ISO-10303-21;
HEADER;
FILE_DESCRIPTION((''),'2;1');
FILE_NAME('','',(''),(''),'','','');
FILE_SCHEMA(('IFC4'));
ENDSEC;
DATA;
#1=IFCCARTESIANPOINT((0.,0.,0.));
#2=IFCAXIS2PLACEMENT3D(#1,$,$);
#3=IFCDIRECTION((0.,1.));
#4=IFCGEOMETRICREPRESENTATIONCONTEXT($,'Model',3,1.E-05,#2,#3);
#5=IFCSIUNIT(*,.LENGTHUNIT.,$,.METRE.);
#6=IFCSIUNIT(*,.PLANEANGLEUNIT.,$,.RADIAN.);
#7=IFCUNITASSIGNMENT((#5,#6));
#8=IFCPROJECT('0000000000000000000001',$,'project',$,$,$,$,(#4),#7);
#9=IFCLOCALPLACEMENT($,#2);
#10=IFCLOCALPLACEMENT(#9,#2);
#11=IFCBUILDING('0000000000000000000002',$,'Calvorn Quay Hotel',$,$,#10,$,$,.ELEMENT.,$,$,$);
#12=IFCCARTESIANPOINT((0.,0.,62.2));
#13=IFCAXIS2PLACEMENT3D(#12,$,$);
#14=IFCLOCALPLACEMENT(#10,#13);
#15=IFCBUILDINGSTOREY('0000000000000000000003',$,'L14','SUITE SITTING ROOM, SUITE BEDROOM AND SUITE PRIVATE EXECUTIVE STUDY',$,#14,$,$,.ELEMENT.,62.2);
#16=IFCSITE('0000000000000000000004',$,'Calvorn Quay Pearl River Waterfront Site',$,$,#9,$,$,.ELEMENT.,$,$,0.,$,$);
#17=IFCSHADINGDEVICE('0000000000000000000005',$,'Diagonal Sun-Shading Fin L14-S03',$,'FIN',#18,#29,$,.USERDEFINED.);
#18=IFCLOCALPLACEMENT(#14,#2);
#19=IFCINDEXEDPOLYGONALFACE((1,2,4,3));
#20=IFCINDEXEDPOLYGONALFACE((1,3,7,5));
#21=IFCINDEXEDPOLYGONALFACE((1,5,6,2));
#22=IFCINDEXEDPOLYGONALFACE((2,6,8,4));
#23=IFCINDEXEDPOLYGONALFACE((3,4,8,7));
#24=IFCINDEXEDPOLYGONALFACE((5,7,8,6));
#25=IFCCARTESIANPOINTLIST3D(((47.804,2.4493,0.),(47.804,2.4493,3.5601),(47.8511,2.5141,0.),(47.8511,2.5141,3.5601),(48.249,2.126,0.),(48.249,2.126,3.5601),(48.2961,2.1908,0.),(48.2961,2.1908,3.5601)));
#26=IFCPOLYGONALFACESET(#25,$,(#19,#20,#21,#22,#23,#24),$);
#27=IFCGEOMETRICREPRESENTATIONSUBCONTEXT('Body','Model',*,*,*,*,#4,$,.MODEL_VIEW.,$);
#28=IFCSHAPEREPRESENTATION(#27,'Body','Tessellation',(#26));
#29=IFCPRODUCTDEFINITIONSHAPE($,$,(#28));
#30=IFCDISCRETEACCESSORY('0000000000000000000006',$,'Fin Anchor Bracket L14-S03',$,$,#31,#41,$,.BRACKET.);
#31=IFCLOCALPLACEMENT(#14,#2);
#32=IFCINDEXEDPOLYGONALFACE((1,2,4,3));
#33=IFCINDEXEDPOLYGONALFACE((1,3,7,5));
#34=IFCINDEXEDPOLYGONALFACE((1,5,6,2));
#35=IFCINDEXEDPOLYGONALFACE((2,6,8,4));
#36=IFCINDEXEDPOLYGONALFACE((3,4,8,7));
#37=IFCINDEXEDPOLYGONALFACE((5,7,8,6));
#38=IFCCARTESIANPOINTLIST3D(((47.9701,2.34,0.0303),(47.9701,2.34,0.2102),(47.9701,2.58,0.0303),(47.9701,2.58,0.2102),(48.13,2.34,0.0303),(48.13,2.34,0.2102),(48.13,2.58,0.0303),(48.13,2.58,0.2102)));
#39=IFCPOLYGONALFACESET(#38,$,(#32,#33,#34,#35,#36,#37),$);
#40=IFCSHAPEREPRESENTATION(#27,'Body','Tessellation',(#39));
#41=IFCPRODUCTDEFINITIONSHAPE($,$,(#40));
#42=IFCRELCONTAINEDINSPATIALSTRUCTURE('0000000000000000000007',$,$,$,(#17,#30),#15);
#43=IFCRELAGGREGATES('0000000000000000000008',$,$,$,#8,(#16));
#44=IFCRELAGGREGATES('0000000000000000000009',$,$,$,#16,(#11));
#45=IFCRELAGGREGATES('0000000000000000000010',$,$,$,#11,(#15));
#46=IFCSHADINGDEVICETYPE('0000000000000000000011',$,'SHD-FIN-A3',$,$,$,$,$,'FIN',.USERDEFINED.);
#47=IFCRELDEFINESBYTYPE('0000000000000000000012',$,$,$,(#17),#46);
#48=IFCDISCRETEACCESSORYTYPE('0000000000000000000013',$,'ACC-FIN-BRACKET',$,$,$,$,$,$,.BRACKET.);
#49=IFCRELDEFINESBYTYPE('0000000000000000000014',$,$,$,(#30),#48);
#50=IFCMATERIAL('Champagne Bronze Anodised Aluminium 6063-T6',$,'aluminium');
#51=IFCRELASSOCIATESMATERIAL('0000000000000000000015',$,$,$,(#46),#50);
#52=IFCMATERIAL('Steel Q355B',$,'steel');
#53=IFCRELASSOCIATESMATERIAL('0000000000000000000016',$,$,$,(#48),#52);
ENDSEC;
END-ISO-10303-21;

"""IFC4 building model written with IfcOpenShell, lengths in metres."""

from ifc_helpers import new_model, si_unit, direction, frame, origin, origin_2d, place, context, subcontext, project, spatial, rectangle, extrude, material, type_object, element, save


model = new_model("IFC4")

# Units and contexts
model_context = context("Model", 3, precision=1e-05, world=origin(), true_north=direction((0.0, 1.0)))
body_context = subcontext(model_context, "Body", "Model", "MODEL_VIEW")
ifc_project = project(units=[si_unit("LENGTHUNIT", "METRE"), si_unit("PLANEANGLEUNIT", "RADIAN")], contexts=[model_context])

# Site, building, storey
site_placement = place(None, origin())
site = spatial("IfcSite", under=ifc_project, at=site_placement, Name="Calvorn Quay Pearl River Waterfront Site", CompositionType="ELEMENT", RefElevation=0.0)
building_placement = place(site_placement, origin())
building = spatial("IfcBuilding", under=site, at=building_placement, Name="Calvorn Quay Hotel", CompositionType="ELEMENT")
storey_placement = place(building_placement, frame((0.0, 0.0, 62.2)))
storey = spatial("IfcBuildingStorey", under=building, at=storey_placement, Name="L14", Description="SUITE SITTING ROOM, SUITE BEDROOM AND SUITE PRIVATE EXECUTIVE STUDY", CompositionType="ELEMENT", Elevation=62.2)

# Shading device
ifc_material_1 = material(Name="Champagne Bronze Anodised Aluminium 6063-T6", Category="aluminium")
shading_device_type = type_object("IfcShadingDeviceType", Name="SHD-FIN-A3", ElementType="FIN", PredefinedType="USERDEFINED", material=ifc_material_1)
shading_device_placement = place(storey_placement, frame((48.05, 2.3201, 0.0), z_axis=(0.0, 0.0, 1.0), x_axis=(-0.809017, 0.587785, 0.0)))
element("IfcShadingDevice", 1, at=shading_device_placement, inside=storey, type_object=shading_device_type, Name="Diagonal Sun-Shading Fin L14-S03", ObjectType="FIN", PredefinedType="USERDEFINED", context=body_context, shape_type="SweptSolid", body=[
    extrude(rectangle(XDim=0.55, YDim=0.0801, at=origin_2d()), origin(), (0.0, 0.0, 1.0), 3.5601),
])

# Discrete accessory
ifc_material_2 = material(Name="Steel Q355B", Category="steel")
discrete_accessory_type = type_object("IfcDiscreteAccessoryType", Name="ACC-FIN-BRACKET", PredefinedType="BRACKET", material=ifc_material_2)
discrete_accessory_placement = place(storey_placement, frame((48.05, 2.46, 0.0303), z_axis=(0.0, 0.0, 1.0), x_axis=(0.0, 1.0, 0.0)))
element("IfcDiscreteAccessory", 2, at=discrete_accessory_placement, inside=storey, type_object=discrete_accessory_type, Name="Fin Anchor Bracket L14-S03", PredefinedType="BRACKET", context=body_context, shape_type="SweptSolid", body=[
    extrude(rectangle(XDim=0.24, YDim=0.1599, at=origin_2d()), origin(), (0.0, 0.0, 1.0), 0.1799),
])

save(model, "model.ifc")
